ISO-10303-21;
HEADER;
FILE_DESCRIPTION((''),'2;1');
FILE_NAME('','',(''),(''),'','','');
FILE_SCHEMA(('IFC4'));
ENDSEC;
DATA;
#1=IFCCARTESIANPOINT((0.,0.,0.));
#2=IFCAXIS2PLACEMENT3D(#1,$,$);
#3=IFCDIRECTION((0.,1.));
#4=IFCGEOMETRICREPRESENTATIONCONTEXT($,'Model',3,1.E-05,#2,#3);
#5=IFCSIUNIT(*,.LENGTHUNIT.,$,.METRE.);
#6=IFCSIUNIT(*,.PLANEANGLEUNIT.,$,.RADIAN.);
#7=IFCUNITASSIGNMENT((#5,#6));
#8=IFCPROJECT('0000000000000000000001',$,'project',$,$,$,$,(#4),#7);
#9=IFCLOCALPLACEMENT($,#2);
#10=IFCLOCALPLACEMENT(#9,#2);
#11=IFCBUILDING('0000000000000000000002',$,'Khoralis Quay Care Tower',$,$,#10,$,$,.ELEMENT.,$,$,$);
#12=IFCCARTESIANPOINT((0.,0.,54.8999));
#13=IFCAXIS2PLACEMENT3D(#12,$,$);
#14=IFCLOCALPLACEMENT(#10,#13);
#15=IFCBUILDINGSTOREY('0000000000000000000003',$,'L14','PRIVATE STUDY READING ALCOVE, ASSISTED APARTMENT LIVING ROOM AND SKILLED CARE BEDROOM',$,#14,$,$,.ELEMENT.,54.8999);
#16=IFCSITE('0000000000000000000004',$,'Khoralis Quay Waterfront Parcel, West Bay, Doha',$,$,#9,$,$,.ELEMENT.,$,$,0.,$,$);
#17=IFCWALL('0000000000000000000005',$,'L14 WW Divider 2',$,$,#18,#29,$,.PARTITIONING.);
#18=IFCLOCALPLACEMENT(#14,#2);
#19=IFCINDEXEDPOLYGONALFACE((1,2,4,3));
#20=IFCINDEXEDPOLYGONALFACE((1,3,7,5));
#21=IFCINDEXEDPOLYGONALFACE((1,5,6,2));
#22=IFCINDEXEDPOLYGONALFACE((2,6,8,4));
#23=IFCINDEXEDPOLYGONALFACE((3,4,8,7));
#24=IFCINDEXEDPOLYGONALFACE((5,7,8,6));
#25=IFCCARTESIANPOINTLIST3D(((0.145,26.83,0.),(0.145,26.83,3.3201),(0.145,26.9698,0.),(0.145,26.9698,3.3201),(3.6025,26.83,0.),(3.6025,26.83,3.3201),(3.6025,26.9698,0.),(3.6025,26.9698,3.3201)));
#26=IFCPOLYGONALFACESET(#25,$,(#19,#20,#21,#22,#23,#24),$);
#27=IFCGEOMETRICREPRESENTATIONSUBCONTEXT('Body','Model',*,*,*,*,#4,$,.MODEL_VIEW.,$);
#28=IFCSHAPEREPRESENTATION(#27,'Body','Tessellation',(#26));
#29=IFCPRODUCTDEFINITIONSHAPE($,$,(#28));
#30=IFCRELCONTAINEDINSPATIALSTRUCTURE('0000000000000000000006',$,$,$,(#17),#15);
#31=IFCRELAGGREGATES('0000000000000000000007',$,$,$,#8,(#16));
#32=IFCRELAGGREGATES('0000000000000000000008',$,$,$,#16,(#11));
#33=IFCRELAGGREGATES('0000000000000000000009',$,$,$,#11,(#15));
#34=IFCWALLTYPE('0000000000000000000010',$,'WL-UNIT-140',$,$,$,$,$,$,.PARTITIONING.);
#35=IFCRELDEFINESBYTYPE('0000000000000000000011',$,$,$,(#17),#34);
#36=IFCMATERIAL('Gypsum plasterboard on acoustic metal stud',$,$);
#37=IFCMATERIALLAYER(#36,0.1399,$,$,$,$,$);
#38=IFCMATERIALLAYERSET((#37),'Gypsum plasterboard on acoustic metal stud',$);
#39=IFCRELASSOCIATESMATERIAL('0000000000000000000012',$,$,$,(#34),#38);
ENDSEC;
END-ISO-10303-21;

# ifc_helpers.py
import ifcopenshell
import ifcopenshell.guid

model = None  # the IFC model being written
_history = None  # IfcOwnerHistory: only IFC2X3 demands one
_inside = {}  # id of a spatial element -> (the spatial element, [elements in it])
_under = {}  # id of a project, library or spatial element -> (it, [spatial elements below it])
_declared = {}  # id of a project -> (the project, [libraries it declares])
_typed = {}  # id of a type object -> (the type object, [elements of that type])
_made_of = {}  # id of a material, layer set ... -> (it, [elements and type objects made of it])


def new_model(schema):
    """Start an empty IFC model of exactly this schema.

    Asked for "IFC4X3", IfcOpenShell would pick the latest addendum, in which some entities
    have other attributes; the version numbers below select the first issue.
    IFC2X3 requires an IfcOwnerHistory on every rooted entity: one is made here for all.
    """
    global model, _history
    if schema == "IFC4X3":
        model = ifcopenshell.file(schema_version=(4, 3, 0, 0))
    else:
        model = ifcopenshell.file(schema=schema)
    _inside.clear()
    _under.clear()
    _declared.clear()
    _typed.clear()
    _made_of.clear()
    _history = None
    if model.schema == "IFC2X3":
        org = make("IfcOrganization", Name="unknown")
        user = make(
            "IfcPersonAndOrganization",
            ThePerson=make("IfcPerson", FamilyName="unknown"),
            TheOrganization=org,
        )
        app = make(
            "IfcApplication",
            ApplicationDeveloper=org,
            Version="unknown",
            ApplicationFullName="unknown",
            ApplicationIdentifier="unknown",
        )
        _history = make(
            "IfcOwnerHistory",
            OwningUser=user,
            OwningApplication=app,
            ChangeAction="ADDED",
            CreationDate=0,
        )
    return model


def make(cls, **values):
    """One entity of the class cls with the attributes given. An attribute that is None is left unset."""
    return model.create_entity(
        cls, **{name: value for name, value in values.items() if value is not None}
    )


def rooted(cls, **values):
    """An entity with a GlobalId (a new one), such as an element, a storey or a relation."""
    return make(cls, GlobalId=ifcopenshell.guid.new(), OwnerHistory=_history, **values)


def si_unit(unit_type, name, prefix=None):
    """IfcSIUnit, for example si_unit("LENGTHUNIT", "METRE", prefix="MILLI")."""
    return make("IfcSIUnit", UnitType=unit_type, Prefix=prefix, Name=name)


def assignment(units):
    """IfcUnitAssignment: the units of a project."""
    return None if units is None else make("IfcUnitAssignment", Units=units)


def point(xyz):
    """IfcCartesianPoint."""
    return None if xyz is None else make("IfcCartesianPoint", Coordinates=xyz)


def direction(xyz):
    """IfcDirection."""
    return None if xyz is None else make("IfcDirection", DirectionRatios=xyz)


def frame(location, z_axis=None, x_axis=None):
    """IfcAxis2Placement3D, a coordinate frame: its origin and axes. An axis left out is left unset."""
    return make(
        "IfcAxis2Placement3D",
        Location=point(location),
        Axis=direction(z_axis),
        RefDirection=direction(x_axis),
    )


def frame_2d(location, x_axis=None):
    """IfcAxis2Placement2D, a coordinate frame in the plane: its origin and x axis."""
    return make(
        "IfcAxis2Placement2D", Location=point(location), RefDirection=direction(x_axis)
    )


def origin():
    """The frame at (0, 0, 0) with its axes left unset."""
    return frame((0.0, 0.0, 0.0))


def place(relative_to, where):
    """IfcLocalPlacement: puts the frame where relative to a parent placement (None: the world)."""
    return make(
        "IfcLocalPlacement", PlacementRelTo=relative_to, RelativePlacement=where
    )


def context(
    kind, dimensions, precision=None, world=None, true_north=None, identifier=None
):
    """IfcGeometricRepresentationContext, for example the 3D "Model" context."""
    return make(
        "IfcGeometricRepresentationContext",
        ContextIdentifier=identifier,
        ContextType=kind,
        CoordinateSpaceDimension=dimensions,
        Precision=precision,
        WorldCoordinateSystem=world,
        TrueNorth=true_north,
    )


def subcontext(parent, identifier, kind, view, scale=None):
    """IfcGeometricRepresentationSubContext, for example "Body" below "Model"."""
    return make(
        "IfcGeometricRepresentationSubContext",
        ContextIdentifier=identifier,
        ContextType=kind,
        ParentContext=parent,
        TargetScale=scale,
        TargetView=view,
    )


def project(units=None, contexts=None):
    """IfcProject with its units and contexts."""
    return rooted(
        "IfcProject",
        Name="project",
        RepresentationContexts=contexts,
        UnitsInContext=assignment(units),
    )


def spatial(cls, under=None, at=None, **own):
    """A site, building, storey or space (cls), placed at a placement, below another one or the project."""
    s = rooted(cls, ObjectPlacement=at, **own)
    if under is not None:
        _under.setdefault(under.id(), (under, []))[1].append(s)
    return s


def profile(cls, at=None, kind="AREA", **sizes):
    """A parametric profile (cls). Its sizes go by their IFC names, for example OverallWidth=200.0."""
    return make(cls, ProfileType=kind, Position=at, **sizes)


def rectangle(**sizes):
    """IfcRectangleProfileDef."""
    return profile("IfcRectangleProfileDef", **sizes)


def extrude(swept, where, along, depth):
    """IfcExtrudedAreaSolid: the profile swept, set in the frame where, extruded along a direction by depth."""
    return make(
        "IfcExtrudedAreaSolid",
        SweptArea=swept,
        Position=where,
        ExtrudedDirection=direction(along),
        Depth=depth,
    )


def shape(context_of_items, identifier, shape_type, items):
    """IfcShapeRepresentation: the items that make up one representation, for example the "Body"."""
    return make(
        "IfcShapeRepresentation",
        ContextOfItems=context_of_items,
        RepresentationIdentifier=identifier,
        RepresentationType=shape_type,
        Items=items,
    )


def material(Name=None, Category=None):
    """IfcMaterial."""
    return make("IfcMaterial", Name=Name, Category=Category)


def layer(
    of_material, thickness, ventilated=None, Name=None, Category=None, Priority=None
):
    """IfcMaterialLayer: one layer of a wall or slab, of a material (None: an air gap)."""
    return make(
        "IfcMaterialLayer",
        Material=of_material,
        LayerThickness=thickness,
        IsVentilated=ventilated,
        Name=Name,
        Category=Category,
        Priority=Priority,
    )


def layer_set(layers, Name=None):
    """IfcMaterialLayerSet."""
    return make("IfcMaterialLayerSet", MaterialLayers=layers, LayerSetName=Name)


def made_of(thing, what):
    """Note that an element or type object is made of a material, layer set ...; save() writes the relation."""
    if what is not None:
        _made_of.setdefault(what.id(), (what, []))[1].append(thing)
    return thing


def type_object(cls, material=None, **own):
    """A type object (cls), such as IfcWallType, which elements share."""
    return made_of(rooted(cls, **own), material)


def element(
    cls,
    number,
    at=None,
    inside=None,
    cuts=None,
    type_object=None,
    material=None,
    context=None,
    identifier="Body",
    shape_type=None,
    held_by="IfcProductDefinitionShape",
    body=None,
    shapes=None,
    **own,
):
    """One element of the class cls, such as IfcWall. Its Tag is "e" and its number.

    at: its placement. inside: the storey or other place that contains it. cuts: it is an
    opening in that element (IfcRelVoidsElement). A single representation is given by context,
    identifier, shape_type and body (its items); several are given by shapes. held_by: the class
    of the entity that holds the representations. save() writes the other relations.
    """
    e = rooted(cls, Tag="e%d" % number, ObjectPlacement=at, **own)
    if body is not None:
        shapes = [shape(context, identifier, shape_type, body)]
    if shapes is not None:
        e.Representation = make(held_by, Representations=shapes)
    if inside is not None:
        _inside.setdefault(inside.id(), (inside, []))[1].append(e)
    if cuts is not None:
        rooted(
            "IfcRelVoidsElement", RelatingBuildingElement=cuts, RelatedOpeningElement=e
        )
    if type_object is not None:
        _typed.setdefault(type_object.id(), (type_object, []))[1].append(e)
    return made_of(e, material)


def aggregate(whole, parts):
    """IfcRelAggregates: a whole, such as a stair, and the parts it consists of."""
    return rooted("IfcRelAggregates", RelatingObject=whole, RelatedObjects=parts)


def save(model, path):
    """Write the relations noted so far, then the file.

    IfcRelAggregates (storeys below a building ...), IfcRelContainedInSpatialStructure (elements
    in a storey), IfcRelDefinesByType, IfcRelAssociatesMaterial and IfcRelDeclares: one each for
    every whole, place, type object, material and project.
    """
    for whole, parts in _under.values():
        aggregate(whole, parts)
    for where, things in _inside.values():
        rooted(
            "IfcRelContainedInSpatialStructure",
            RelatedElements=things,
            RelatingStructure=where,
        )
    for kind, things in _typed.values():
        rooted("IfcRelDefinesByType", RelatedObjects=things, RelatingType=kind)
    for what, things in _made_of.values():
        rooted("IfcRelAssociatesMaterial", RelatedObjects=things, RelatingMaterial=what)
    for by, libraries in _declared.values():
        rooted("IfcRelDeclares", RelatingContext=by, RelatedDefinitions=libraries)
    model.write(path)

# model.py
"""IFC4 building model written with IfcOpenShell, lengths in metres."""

from ifc_helpers import new_model, si_unit, direction, frame, frame_2d, origin, place, context, subcontext, project, spatial, rectangle, extrude, material, layer, layer_set, type_object, element, save


model = new_model("IFC4")

# Units and contexts
model_context = context("Model", 3, precision=1e-05, world=origin(), true_north=direction((0.0, 1.0)))
body_context = subcontext(model_context, "Body", "Model", "MODEL_VIEW")
ifc_project = project(units=[si_unit("LENGTHUNIT", "METRE"), si_unit("PLANEANGLEUNIT", "RADIAN")], contexts=[model_context])

# Site, building, storey
site_placement = place(None, origin())
site = spatial("IfcSite", under=ifc_project, at=site_placement, Name="Khoralis Quay Waterfront Parcel, West Bay, Doha", CompositionType="ELEMENT", RefElevation=0.0)
building_placement = place(site_placement, origin())
building = spatial("IfcBuilding", under=site, at=building_placement, Name="Khoralis Quay Care Tower", CompositionType="ELEMENT")
storey_placement = place(building_placement, frame((0.0, 0.0, 54.8999)))
storey = spatial("IfcBuildingStorey", under=building, at=storey_placement, Name="L14", Description="PRIVATE STUDY READING ALCOVE, ASSISTED APARTMENT LIVING ROOM AND SKILLED CARE BEDROOM", CompositionType="ELEMENT", Elevation=54.8999)

# Wall
ifc_material_1 = material(Name="Gypsum plasterboard on acoustic metal stud")
ifc_layer_1 = layer(ifc_material_1, 0.1399)
ifc_layer_set_1 = layer_set([ifc_layer_1], Name="Gypsum plasterboard on acoustic metal stud")
wall_type = type_object("IfcWallType", Name="WL-UNIT-140", PredefinedType="PARTITIONING", material=ifc_layer_set_1)
wall_placement = place(storey_placement, frame((0.145, 26.8999, 0.0), z_axis=(0.0, 0.0, 1.0), x_axis=(1.0, 0.0, 0.0)))
element("IfcWall", 1, at=wall_placement, inside=storey, type_object=wall_type, Name="L14 WW Divider 2", PredefinedType="PARTITIONING", context=body_context, shape_type="SweptSolid", body=[
    extrude(rectangle(XDim=3.4575, YDim=0.1399, at=frame_2d((1.7288, 0.0))), origin(), (0.0, 0.0, 1.0), 3.3201),
])

save(model, "model.ifc")
